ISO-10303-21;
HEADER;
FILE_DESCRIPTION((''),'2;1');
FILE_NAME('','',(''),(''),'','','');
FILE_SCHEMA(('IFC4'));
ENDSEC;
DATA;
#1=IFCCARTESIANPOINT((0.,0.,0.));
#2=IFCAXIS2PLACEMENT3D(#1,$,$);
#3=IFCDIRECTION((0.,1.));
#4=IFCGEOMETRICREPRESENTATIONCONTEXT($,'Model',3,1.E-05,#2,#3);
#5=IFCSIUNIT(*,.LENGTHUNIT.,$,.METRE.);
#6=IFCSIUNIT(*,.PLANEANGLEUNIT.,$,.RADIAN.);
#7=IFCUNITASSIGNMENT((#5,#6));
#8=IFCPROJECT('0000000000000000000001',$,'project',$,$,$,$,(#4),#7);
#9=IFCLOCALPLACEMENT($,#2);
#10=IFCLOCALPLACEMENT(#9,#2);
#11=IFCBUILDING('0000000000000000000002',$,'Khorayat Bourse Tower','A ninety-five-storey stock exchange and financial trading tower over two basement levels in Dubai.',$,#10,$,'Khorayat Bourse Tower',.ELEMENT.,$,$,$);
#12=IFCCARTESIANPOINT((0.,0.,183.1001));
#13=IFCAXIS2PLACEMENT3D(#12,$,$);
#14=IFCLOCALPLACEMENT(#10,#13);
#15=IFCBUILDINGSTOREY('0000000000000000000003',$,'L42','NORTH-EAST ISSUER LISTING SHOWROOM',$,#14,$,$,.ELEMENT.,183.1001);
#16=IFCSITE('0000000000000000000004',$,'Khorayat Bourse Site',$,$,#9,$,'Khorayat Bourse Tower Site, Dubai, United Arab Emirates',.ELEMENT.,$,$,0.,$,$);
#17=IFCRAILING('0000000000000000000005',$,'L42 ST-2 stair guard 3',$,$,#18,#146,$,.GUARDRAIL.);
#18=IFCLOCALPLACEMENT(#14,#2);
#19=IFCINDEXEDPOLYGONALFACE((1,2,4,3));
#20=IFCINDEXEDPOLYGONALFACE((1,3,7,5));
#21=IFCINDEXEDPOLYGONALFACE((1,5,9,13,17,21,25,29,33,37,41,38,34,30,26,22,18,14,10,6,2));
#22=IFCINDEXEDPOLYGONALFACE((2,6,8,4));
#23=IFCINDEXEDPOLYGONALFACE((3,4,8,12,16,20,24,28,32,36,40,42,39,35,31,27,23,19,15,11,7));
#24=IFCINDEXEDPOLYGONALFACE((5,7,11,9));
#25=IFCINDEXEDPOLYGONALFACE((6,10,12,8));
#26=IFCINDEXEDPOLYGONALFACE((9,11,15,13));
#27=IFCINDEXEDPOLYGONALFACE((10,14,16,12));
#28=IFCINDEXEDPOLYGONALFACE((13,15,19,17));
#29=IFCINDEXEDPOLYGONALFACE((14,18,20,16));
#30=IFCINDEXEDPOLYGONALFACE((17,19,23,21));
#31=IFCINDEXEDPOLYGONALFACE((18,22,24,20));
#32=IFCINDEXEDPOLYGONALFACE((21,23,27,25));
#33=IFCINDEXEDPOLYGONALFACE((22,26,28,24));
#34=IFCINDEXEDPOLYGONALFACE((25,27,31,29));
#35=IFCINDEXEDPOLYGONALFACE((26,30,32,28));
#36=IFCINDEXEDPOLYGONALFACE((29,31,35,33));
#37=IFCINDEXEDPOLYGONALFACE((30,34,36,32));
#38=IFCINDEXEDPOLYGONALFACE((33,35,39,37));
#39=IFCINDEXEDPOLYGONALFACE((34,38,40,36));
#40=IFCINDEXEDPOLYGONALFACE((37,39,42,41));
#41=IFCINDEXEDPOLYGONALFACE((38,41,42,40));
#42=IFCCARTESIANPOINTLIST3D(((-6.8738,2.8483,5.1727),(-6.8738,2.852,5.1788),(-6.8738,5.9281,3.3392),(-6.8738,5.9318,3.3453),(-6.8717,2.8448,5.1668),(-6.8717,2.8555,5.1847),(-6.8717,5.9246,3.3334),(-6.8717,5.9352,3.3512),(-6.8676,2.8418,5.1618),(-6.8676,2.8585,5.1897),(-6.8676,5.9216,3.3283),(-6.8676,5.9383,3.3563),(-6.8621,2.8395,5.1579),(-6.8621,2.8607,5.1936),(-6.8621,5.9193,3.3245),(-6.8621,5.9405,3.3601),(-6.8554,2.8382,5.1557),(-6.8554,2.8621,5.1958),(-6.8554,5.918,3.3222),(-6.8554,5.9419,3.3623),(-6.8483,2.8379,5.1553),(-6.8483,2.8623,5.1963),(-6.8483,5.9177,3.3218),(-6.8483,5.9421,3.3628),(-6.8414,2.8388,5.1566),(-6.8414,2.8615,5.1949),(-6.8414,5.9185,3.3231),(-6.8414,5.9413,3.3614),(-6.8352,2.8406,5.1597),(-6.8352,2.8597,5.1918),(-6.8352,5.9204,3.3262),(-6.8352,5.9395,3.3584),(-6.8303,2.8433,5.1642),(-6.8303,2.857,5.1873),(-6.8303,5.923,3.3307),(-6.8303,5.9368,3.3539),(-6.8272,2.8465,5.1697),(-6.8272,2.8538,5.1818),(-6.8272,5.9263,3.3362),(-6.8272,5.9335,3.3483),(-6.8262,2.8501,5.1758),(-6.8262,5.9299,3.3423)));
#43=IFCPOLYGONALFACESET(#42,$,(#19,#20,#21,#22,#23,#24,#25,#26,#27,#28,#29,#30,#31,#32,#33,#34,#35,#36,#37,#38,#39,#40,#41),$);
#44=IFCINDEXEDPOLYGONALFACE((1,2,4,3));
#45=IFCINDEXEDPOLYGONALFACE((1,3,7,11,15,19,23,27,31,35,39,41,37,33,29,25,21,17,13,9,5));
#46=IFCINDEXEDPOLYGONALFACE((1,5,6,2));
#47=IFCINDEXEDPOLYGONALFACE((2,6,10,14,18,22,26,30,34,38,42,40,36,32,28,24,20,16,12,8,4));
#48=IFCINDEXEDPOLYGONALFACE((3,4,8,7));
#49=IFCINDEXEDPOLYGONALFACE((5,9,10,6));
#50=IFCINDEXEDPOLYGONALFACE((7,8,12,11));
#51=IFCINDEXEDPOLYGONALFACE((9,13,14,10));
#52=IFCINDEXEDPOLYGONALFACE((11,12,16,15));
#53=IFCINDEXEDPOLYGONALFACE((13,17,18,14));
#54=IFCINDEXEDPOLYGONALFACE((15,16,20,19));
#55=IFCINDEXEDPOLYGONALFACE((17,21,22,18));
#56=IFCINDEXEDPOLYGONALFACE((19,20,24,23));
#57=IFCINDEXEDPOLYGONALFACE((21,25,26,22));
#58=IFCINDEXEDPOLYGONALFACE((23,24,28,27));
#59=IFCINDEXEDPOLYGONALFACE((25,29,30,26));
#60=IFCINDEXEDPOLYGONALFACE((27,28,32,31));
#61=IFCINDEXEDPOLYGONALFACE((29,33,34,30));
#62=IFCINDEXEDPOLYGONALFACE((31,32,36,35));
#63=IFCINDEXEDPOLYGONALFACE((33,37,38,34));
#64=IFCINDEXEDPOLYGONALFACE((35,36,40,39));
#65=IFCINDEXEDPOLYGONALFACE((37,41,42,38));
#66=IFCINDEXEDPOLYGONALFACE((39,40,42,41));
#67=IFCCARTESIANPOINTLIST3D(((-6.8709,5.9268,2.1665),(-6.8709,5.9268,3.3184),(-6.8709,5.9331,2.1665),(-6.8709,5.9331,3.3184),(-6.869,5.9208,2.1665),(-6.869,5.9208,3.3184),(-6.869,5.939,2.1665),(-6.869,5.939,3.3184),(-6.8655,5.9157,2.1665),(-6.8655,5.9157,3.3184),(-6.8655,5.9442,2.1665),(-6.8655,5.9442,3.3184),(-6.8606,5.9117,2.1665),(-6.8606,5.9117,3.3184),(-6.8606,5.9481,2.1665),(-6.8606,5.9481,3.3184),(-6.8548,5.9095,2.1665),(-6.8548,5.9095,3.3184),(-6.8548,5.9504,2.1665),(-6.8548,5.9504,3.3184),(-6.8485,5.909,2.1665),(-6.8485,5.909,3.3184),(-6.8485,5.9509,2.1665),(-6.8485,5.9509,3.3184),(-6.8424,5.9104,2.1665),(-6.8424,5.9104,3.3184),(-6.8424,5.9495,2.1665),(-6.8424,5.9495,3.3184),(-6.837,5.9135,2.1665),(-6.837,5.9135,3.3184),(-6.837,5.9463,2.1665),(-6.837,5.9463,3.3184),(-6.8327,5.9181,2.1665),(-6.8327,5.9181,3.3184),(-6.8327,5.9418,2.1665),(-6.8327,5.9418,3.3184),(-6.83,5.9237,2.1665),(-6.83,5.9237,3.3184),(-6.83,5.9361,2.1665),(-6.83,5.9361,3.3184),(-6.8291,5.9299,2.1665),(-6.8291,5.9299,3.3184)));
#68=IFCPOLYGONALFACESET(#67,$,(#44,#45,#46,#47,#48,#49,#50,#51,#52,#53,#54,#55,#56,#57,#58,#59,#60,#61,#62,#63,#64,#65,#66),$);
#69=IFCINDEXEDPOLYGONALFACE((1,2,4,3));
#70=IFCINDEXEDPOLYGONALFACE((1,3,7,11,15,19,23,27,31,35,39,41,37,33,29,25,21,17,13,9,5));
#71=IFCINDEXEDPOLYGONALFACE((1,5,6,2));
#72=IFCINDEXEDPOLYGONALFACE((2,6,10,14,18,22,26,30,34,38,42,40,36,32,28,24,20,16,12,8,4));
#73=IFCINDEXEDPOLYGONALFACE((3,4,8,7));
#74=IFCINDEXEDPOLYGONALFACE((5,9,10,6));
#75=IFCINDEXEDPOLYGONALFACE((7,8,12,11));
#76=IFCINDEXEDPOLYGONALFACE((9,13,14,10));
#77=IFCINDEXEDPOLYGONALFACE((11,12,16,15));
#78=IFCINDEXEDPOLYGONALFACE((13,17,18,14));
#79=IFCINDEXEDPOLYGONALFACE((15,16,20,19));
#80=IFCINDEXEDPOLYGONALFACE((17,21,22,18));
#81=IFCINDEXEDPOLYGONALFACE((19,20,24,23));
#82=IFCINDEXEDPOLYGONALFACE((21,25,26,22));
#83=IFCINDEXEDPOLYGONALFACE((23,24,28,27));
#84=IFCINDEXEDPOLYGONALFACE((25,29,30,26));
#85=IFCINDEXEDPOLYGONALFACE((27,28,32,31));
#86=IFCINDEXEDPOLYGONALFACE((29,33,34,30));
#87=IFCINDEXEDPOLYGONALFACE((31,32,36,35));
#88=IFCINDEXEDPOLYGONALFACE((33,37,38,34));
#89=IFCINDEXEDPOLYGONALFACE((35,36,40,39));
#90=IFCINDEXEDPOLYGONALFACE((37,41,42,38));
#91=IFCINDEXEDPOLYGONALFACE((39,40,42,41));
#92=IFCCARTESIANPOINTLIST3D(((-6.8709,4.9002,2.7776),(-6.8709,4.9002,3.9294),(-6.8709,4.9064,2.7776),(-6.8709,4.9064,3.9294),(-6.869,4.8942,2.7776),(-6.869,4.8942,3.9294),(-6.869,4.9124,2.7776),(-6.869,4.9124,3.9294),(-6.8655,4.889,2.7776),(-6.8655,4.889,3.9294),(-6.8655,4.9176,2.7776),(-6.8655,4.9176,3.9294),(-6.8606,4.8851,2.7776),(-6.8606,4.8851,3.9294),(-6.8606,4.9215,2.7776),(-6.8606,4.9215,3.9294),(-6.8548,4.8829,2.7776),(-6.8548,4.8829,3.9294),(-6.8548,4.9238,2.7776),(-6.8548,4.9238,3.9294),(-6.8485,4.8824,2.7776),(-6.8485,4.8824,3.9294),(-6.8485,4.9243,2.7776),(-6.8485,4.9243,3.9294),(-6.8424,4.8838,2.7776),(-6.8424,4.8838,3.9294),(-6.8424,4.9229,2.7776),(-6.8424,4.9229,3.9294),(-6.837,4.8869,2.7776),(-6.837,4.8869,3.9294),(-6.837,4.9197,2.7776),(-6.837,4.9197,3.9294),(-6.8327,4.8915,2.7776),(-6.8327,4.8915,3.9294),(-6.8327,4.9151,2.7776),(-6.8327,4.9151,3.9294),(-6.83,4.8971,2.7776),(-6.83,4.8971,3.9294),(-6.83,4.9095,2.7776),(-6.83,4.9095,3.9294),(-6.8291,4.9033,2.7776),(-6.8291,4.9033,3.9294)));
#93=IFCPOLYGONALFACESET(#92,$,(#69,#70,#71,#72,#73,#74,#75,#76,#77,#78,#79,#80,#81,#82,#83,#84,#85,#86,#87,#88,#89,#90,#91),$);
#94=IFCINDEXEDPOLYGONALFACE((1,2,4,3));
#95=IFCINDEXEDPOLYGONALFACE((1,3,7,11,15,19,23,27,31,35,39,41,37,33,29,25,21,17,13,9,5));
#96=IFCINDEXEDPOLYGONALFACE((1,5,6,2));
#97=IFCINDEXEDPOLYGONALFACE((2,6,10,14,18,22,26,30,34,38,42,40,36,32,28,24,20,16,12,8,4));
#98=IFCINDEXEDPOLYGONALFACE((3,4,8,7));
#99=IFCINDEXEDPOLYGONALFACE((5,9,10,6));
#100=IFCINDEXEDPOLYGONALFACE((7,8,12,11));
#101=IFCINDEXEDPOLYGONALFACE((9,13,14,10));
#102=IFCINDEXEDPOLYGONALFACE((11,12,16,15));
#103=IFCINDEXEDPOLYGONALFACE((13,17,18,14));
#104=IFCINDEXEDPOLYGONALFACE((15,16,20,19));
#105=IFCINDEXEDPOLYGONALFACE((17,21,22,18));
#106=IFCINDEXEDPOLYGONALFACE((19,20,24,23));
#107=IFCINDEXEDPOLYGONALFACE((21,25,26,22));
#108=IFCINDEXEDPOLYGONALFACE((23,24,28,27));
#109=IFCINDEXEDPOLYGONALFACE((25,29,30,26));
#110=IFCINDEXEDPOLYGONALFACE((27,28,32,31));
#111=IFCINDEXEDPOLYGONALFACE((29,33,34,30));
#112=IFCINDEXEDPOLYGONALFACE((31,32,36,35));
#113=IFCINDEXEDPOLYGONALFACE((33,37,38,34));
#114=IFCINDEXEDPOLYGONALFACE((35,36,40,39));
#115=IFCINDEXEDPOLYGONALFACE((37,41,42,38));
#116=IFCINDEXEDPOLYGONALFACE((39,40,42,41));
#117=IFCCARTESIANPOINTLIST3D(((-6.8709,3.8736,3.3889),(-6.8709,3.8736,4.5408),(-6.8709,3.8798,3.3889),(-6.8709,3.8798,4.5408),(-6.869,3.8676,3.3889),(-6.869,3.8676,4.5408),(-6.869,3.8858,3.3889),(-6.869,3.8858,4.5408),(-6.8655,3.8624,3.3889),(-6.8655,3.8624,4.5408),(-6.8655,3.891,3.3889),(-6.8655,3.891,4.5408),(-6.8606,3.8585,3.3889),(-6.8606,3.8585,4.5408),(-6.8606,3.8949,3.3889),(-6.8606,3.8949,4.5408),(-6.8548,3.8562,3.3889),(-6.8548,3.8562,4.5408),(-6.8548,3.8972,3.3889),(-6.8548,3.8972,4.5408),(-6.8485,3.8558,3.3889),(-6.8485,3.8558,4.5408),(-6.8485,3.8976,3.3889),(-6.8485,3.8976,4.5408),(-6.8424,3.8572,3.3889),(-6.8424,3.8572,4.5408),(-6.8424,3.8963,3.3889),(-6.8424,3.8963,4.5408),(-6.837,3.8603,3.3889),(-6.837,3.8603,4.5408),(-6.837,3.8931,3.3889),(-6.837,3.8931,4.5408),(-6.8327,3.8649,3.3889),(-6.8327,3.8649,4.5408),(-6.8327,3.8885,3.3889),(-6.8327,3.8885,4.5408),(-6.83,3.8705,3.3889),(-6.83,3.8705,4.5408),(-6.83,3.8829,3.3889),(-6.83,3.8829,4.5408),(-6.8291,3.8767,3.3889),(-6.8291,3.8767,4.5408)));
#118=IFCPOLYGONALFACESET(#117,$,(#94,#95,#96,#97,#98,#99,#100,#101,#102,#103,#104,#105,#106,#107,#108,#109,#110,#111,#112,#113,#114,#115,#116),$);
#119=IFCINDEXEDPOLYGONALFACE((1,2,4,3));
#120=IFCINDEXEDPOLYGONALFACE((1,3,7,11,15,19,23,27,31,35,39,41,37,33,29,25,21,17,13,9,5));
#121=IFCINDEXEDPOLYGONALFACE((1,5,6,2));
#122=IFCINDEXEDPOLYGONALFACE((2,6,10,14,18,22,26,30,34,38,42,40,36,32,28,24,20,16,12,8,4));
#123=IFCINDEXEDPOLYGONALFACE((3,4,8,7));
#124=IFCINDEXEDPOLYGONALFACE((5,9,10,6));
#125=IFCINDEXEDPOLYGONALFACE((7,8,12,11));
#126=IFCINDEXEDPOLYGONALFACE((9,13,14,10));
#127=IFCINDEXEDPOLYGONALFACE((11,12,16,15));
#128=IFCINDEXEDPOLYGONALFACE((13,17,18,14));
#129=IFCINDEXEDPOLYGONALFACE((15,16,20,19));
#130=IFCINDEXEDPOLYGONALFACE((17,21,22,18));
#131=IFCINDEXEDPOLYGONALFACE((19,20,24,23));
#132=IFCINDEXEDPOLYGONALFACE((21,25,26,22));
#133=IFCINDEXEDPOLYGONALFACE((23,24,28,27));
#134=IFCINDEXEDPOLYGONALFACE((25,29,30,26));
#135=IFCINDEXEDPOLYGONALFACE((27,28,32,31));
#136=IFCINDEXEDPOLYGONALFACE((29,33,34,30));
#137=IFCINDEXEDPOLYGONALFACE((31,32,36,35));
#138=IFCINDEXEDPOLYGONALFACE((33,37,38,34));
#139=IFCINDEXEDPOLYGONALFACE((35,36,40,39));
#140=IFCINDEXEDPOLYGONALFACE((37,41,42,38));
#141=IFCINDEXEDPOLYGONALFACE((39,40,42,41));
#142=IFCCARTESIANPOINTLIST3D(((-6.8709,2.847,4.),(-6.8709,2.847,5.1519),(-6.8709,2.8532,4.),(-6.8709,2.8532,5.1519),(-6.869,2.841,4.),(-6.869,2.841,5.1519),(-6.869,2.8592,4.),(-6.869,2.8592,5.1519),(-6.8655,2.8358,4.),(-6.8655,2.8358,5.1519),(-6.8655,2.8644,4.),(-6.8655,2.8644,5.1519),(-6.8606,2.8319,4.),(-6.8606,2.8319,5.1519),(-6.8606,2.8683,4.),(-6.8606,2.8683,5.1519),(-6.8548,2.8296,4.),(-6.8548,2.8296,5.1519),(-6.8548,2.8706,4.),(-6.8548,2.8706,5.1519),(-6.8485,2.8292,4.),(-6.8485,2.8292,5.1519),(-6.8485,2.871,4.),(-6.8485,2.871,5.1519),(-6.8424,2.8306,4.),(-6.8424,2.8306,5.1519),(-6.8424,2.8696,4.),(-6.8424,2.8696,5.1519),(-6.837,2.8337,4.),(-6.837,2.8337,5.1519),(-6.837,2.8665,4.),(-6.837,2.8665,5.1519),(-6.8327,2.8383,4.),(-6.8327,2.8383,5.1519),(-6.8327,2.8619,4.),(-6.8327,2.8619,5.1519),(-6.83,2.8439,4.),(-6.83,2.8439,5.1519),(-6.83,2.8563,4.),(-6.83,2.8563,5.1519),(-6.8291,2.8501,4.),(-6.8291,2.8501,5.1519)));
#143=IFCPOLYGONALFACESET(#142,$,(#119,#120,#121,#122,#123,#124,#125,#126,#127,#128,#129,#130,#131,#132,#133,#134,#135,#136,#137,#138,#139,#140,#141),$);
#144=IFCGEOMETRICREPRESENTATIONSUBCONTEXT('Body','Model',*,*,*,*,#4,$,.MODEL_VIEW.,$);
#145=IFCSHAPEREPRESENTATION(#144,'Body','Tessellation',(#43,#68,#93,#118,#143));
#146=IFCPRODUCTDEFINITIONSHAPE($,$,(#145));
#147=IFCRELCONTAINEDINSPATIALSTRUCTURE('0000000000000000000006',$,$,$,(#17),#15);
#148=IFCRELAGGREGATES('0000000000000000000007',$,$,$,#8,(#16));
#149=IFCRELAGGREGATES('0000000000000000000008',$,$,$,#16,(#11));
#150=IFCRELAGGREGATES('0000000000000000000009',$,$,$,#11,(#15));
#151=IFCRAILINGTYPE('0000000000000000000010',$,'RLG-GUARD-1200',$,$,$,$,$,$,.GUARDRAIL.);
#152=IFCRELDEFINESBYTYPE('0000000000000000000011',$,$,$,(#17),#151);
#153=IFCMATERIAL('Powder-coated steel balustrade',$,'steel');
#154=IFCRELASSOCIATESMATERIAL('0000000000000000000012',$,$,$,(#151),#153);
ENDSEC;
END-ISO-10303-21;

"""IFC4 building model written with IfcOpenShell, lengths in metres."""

from ifc_helpers import new_model, si_unit, direction, frame, origin, origin_2d, place, context, subcontext, project, spatial, circle, extrude, source, transform, mapped, material, type_object, element, save


model = new_model("IFC4")

# Units and contexts
model_context = context("Model", 3, precision=1e-05, world=origin(), true_north=direction((0.0, 1.0)))
body_context = subcontext(model_context, "Body", "Model", "MODEL_VIEW")
ifc_project = project(units=[si_unit("LENGTHUNIT", "METRE"), si_unit("PLANEANGLEUNIT", "RADIAN")], contexts=[model_context])

# Site, building, storey
site_placement = place(None, origin())
site = spatial("IfcSite", under=ifc_project, at=site_placement, Name="Khorayat Bourse Site", LongName="Khorayat Bourse Tower Site, Dubai, United Arab Emirates", CompositionType="ELEMENT", RefElevation=0.0)
building_placement = place(site_placement, origin())
building = spatial("IfcBuilding", under=site, at=building_placement, Name="Khorayat Bourse Tower", Description="A ninety-five-storey stock exchange and financial trading tower over two basement levels in Dubai.", LongName="Khorayat Bourse Tower", CompositionType="ELEMENT")
storey_placement = place(building_placement, frame((0.0, 0.0, 183.1001)))
storey = spatial("IfcBuildingStorey", under=building, at=storey_placement, Name="L42", Description="NORTH-EAST ISSUER LISTING SHOWROOM", CompositionType="ELEMENT", Elevation=183.1001)

# Railing
ifc_material_1 = material(Name="Powder-coated steel balustrade", Category="steel")
railing_type_1 = type_object("IfcRailingType", Name="RLG-GUARD-1200", PredefinedType="GUARDRAIL", material=ifc_material_1)
shared_shape_1 = source(origin(), body_context, "Body", "SweptSolid", [
    extrude(circle(Radius=0.0239, at=origin_2d()), frame((0.0, 0.0, 1.1758), z_axis=(0.0, -0.859261, 0.511538), x_axis=(1.0, 0.0, 0.0)), (0.0, 0.0, 1.0), 3.5842),
    extrude(circle(Radius=0.021, at=origin_2d()), origin(), (0.0, 0.0, 1.0), 1.1519),
    extrude(circle(Radius=0.021, at=origin_2d()), frame((0.0, -1.0266, 0.6111)), (0.0, 0.0, 1.0), 1.1519),
    extrude(circle(Radius=0.021, at=origin_2d()), frame((0.0, -2.0532, 1.2224)), (0.0, 0.0, 1.0), 1.1519),
    extrude(circle(Radius=0.021, at=origin_2d()), frame((0.0, -3.0798, 1.8335)), (0.0, 0.0, 1.0), 1.1519),
])
railing_1_placement = place(storey_placement, frame((-6.8501, 5.9299, 2.1665)))
element("IfcRailing", 1, at=railing_1_placement, inside=storey, type_object=railing_type_1, Name="L42 ST-2 stair guard 3", PredefinedType="GUARDRAIL", context=body_context, shape_type="MappedRepresentation", body=[
    mapped(shared_shape_1, transform((0.0, 0.0, 0.0), scale=1.0)),
])

save(model, "model.ifc")
